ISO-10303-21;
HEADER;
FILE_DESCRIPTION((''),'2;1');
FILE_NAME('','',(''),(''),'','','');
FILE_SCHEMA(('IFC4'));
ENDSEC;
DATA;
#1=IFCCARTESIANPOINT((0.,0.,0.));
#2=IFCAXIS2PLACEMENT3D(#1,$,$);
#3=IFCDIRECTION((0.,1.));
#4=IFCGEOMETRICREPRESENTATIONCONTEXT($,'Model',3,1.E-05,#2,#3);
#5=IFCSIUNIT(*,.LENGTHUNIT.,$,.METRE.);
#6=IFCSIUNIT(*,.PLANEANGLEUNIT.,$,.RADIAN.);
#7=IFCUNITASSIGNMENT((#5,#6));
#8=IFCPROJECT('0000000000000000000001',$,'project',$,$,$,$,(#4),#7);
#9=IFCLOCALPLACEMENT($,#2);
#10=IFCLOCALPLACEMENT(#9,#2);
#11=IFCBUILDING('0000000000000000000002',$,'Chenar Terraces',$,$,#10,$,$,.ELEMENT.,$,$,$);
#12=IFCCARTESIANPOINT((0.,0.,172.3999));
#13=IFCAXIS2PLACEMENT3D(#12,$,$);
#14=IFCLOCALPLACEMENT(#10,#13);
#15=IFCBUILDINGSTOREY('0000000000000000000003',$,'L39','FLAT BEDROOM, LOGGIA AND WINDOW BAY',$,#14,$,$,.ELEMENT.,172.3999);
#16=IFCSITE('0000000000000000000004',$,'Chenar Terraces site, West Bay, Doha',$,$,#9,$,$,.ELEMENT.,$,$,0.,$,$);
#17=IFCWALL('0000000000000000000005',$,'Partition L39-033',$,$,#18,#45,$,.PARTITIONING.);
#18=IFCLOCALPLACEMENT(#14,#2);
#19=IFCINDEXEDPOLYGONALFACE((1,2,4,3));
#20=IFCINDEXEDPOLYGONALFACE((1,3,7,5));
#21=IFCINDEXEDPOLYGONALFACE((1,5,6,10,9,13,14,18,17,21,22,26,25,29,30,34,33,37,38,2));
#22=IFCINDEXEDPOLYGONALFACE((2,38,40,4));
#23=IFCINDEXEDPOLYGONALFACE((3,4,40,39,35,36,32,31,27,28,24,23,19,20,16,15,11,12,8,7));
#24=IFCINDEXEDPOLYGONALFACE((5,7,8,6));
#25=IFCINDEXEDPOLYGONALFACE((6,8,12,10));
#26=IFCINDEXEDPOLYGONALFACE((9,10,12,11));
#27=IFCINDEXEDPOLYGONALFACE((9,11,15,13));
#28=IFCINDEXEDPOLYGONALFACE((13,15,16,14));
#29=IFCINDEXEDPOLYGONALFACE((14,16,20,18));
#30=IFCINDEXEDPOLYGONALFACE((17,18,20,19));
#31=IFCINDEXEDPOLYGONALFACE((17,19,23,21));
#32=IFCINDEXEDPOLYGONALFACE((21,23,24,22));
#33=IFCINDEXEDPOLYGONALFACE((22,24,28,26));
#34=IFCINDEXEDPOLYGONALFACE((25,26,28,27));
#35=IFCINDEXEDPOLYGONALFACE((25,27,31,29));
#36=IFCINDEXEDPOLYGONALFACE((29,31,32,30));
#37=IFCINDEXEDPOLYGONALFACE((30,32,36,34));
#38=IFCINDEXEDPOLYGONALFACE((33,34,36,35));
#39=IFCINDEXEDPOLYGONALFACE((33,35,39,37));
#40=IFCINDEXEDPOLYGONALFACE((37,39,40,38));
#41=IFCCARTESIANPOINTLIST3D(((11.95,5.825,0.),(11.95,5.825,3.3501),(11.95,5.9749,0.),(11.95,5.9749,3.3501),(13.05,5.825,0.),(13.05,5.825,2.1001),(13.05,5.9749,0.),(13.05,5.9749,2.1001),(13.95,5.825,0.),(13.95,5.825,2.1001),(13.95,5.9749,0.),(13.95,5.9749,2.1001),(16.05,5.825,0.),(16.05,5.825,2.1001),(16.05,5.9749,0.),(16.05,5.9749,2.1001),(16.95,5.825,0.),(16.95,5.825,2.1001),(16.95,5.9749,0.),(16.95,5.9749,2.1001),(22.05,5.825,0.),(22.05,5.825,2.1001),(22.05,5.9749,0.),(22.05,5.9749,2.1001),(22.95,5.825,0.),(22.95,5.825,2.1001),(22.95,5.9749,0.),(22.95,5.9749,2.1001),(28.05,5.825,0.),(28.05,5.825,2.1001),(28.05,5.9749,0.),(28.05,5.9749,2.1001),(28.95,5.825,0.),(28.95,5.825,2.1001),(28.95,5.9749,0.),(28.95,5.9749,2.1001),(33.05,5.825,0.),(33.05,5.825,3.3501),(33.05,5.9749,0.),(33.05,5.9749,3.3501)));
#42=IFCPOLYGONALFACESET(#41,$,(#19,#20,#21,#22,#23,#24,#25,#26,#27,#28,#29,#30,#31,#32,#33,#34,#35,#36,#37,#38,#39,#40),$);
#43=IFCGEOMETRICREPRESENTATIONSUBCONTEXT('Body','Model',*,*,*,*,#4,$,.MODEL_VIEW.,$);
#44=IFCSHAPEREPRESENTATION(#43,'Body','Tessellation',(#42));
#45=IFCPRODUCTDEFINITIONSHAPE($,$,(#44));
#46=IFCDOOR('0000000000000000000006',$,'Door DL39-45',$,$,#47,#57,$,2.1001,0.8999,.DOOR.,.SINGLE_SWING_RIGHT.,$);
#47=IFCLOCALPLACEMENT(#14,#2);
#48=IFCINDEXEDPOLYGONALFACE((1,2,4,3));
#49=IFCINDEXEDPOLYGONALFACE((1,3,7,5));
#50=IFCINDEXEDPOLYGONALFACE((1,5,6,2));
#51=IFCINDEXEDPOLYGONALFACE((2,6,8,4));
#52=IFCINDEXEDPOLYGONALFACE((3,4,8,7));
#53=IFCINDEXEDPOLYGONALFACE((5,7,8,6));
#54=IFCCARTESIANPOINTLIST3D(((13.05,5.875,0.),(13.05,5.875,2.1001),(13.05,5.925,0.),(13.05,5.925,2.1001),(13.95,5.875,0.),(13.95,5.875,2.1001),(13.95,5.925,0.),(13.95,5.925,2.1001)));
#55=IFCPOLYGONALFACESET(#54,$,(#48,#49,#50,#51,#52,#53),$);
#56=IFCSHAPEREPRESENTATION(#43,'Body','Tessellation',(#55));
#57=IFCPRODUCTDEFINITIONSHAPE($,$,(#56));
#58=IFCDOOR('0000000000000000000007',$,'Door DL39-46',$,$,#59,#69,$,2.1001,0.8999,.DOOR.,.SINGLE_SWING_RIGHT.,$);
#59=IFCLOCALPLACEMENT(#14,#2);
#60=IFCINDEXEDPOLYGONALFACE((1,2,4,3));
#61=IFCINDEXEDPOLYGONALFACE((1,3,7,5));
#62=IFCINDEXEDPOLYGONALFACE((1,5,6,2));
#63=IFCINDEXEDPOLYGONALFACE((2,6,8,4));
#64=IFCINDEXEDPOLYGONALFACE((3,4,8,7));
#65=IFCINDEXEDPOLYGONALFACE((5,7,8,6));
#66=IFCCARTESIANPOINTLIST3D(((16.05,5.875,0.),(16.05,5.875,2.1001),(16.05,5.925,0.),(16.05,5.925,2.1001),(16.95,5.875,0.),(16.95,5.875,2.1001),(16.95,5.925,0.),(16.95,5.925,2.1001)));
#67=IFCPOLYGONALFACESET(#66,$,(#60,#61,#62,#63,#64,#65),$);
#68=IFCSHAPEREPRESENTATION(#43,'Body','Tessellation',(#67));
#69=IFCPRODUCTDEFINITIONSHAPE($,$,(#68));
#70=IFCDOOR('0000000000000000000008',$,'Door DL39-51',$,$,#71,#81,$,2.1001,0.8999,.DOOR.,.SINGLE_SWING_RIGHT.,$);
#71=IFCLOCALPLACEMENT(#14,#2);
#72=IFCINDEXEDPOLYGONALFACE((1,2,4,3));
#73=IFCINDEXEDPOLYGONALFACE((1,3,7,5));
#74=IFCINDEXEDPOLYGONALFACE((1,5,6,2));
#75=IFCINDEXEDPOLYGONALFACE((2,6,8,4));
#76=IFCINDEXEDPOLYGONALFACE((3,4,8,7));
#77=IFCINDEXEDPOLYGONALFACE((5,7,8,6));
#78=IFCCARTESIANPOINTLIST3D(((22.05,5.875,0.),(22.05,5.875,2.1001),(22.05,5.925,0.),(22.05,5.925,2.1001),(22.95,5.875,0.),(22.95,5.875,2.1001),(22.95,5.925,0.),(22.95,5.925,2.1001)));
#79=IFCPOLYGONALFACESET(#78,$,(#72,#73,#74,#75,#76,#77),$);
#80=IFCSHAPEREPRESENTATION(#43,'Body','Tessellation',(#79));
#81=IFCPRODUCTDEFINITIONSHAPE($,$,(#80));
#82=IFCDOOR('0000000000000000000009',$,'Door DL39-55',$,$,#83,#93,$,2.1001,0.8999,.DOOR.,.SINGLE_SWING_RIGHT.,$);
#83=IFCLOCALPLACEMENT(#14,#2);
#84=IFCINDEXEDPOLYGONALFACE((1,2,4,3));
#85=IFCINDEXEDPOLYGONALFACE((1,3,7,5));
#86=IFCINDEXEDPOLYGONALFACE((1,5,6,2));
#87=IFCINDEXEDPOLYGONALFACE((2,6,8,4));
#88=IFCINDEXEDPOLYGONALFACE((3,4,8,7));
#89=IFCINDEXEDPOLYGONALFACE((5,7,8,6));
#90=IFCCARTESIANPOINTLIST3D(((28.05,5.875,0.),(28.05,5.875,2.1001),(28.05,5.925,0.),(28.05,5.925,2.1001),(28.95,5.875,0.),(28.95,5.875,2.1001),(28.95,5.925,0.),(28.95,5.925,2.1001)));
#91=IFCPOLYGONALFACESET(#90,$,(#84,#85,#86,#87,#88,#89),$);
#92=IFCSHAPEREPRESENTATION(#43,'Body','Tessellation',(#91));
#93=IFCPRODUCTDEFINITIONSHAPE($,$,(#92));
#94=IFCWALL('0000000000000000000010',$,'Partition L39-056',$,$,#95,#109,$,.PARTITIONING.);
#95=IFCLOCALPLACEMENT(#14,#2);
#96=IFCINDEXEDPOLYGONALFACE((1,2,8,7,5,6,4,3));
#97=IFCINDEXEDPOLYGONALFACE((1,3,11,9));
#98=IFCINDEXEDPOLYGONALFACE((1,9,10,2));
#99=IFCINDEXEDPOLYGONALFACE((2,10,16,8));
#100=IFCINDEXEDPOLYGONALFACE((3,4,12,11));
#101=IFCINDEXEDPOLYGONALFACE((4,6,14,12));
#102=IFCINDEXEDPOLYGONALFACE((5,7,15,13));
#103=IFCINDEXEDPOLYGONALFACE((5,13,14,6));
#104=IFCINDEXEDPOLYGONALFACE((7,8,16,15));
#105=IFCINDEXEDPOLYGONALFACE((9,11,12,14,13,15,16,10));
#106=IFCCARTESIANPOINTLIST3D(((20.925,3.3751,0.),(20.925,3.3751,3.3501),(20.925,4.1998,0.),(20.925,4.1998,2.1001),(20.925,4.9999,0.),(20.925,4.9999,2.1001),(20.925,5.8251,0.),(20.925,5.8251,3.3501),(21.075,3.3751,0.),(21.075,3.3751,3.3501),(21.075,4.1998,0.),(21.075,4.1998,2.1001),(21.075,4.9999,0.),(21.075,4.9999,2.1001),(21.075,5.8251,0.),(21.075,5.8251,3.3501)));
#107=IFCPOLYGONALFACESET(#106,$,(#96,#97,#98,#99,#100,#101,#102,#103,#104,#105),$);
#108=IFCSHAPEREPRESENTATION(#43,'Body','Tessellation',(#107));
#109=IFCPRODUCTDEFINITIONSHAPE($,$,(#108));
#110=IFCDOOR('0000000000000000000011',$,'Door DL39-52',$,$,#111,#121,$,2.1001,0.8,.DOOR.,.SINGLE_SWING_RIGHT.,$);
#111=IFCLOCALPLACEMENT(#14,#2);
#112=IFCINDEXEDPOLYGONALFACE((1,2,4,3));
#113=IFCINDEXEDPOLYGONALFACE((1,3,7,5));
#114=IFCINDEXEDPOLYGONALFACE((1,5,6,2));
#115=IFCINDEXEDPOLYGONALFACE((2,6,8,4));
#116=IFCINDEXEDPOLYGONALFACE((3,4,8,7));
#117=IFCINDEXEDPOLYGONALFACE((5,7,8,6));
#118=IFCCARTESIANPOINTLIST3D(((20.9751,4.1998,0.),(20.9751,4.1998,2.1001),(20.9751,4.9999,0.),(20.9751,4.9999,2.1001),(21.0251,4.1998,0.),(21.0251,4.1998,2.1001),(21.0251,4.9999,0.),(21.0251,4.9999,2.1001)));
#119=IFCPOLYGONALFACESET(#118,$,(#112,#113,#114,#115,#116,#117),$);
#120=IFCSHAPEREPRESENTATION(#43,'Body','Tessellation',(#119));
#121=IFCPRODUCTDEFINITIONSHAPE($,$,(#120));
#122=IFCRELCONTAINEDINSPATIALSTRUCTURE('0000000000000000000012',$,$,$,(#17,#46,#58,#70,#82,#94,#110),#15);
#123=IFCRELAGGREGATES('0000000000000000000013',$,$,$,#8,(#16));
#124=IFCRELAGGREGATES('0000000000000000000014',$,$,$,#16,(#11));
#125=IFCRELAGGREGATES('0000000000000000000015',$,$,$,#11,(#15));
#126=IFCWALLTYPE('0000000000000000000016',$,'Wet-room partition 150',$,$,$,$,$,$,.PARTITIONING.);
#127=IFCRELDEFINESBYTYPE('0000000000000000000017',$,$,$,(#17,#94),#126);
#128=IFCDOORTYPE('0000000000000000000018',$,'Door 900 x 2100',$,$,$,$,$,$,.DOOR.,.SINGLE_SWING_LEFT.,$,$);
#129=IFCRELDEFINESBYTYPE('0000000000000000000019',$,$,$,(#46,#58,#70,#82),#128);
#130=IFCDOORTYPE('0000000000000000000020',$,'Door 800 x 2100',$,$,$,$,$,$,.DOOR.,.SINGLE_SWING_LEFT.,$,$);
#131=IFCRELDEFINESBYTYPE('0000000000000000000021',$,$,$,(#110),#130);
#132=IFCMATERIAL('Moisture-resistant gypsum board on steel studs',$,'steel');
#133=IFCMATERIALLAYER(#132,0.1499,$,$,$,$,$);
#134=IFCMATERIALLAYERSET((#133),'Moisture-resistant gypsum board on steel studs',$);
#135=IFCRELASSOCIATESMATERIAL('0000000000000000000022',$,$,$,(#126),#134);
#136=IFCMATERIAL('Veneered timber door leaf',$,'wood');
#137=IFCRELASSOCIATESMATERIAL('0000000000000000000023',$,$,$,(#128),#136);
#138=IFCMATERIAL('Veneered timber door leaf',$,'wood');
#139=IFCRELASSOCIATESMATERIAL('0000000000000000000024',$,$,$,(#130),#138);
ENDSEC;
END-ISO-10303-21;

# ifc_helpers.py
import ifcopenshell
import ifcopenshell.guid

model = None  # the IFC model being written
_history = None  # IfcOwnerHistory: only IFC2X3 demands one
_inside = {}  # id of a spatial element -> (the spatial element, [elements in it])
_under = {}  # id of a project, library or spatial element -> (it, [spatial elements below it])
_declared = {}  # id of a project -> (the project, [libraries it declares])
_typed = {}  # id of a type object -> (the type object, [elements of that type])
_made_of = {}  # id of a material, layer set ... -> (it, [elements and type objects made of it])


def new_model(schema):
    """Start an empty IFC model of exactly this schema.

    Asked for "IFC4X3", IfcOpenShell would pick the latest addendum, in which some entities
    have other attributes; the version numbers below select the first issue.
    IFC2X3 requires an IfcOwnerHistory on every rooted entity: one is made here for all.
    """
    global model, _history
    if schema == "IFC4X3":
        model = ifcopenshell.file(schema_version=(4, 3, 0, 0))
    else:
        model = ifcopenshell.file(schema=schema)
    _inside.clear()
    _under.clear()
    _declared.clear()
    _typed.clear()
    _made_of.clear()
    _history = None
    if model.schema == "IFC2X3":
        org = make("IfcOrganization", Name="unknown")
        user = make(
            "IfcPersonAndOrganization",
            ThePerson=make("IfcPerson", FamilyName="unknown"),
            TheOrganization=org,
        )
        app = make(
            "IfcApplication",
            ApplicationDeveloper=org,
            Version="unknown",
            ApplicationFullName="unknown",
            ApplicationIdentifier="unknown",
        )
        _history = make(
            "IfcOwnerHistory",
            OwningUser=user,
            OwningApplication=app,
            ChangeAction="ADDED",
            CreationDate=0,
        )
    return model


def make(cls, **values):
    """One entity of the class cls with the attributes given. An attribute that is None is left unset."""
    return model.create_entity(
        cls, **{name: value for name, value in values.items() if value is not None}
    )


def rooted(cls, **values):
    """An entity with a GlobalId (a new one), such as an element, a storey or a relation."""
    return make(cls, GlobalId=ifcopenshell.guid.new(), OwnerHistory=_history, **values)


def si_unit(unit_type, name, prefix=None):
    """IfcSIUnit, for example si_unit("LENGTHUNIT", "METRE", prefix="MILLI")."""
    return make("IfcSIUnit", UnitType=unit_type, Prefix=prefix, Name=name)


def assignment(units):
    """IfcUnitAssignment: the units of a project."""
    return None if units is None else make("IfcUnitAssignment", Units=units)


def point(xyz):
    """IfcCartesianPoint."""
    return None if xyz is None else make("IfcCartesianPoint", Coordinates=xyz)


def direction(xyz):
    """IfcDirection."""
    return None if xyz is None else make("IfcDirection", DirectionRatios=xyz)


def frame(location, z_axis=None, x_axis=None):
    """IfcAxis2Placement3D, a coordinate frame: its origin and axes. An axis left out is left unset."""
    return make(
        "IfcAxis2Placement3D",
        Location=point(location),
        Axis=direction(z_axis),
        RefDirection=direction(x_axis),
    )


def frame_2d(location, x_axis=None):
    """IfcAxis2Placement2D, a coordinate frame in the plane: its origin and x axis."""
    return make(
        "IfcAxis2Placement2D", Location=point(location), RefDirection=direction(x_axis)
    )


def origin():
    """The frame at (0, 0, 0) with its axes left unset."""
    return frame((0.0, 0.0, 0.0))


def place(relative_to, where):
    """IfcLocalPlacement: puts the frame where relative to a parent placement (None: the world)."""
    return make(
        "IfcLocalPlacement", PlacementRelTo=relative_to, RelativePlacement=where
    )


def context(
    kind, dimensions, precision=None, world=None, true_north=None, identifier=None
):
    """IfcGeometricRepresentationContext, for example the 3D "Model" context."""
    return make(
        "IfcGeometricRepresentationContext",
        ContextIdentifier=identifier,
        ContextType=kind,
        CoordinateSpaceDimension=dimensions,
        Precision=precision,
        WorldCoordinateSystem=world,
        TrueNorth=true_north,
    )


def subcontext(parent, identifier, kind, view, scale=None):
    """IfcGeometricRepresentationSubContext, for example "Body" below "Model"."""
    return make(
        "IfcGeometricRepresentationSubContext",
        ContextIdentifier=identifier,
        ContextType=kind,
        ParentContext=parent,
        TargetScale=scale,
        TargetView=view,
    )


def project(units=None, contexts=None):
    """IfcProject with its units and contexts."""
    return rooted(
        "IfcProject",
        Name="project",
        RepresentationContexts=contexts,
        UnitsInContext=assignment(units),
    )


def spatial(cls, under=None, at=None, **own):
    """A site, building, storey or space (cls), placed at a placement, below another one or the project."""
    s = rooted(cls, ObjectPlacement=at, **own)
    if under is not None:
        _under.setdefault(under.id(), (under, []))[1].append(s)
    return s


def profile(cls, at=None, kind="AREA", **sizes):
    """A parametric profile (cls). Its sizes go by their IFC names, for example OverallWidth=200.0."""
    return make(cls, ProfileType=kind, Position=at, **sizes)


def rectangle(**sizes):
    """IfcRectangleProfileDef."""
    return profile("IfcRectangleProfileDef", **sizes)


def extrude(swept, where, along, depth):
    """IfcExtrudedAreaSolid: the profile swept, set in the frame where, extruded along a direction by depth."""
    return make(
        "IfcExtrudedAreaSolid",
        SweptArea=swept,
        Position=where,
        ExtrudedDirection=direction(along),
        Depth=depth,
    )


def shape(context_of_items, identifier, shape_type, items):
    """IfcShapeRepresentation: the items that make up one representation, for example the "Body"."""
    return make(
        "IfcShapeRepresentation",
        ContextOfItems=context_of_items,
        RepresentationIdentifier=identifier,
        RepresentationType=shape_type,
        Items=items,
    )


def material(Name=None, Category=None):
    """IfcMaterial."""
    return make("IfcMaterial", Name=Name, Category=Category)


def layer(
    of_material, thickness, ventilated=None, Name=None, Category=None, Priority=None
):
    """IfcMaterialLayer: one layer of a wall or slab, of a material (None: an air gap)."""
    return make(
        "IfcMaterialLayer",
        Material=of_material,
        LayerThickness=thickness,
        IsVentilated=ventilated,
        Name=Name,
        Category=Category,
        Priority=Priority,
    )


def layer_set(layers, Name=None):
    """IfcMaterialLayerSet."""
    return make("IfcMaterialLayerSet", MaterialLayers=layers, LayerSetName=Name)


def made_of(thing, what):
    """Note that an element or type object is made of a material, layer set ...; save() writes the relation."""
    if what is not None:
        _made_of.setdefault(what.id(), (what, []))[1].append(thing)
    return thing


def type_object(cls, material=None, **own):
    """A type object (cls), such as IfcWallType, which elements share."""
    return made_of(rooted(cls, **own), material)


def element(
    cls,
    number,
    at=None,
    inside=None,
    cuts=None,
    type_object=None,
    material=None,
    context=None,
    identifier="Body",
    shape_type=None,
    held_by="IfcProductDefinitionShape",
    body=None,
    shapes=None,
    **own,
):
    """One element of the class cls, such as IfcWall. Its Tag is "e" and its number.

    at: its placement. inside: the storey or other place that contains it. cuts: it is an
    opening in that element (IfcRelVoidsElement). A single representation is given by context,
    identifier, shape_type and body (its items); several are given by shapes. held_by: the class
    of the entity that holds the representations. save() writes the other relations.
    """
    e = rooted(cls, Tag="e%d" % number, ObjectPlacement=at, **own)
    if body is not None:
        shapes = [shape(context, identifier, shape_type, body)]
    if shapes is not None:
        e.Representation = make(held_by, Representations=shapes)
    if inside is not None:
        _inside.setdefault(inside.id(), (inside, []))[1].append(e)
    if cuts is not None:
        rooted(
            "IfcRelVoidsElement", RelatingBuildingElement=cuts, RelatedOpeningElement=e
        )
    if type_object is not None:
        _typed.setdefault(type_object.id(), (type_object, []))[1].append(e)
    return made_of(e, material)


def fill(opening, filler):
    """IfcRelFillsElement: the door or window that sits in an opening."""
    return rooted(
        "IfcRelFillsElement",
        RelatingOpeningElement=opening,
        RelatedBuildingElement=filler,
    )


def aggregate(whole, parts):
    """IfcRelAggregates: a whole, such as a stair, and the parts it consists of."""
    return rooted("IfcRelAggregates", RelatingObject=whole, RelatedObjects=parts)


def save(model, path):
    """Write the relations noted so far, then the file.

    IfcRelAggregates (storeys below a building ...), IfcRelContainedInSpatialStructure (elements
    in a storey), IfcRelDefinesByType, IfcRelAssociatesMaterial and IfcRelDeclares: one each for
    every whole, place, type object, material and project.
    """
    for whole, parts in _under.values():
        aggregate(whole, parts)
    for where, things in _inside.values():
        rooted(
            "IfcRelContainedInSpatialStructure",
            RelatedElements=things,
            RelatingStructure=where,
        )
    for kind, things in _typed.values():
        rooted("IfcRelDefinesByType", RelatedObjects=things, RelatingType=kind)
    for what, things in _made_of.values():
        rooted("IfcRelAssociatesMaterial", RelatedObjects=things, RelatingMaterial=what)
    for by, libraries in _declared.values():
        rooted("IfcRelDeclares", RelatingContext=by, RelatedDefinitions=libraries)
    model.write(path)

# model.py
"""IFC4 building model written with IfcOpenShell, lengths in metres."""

from ifc_helpers import new_model, si_unit, direction, frame, frame_2d, origin, place, context, subcontext, project, spatial, rectangle, extrude, material, layer, layer_set, type_object, element, fill, save


model = new_model("IFC4")

# Units and contexts
model_context = context("Model", 3, precision=1e-05, world=origin(), true_north=direction((0.0, 1.0)))
body_context = subcontext(model_context, "Body", "Model", "MODEL_VIEW")
ifc_project = project(units=[si_unit("LENGTHUNIT", "METRE"), si_unit("PLANEANGLEUNIT", "RADIAN")], contexts=[model_context])

# Site, building, storey
site_placement = place(None, origin())
site = spatial("IfcSite", under=ifc_project, at=site_placement, Name="Chenar Terraces site, West Bay, Doha", CompositionType="ELEMENT", RefElevation=0.0)
building_placement = place(site_placement, origin())
building = spatial("IfcBuilding", under=site, at=building_placement, Name="Chenar Terraces", CompositionType="ELEMENT")
storey_placement = place(building_placement, frame((0.0, 0.0, 172.3999)))
storey = spatial("IfcBuildingStorey", under=building, at=storey_placement, Name="L39", Description="FLAT BEDROOM, LOGGIA AND WINDOW BAY", CompositionType="ELEMENT", Elevation=172.3999)

# Wall, openings, doors
ifc_material_1 = material(Name="Moisture-resistant gypsum board on steel studs", Category="steel")
ifc_layer_1 = layer(ifc_material_1, 0.1499)
ifc_layer_set_1 = layer_set([ifc_layer_1], Name="Moisture-resistant gypsum board on steel studs")
wall_type_1 = type_object("IfcWallType", Name="Wet-room partition 150", PredefinedType="PARTITIONING", material=ifc_layer_set_1)
wall_1_placement = place(storey_placement, frame((11.95, 5.8999, 0.0), z_axis=(0.0, 0.0, 1.0), x_axis=(1.0, 0.0, 0.0)))
wall_1 = element("IfcWall", 1, at=wall_1_placement, inside=storey, type_object=wall_type_1, Name="Partition L39-033", PredefinedType="PARTITIONING", context=body_context, shape_type="SweptSolid", body=[
    extrude(rectangle(XDim=21.1001, YDim=0.1499, at=frame_2d((10.55, 0.0))), origin(), (0.0, 0.0, 1.0), 3.3501),
])
opening_1_placement = place(wall_1_placement, frame((1.1001, 0.0, 0.0)))
opening_1 = element("IfcOpeningElement", 2, at=opening_1_placement, cuts=wall_1, PredefinedType="OPENING", context=body_context, shape_type="SweptSolid", body=[
    extrude(rectangle(XDim=0.8999, YDim=2.1001, at=frame_2d((0.45, 1.05))), frame((0.0, 0.085, 0.0), z_axis=(0.0, -1.0, 0.0), x_axis=(1.0, 0.0, 0.0)), (0.0, 0.0, 1.0), 0.1699),
])
opening_2_placement = place(wall_1_placement, frame((4.1001, 0.0, 0.0)))
opening_2 = element("IfcOpeningElement", 3, at=opening_2_placement, cuts=wall_1, PredefinedType="OPENING", context=body_context, shape_type="SweptSolid", body=[
    extrude(rectangle(XDim=0.8999, YDim=2.1001, at=frame_2d((0.45, 1.05))), frame((0.0, 0.085, 0.0), z_axis=(0.0, -1.0, 0.0), x_axis=(1.0, 0.0, 0.0)), (0.0, 0.0, 1.0), 0.1699),
])
opening_3_placement = place(wall_1_placement, frame((10.1001, 0.0, 0.0)))
opening_3 = element("IfcOpeningElement", 4, at=opening_3_placement, cuts=wall_1, PredefinedType="OPENING", context=body_context, shape_type="SweptSolid", body=[
    extrude(rectangle(XDim=0.8999, YDim=2.1001, at=frame_2d((0.45, 1.05))), frame((0.0, 0.085, 0.0), z_axis=(0.0, -1.0, 0.0), x_axis=(1.0, 0.0, 0.0)), (0.0, 0.0, 1.0), 0.1699),
])
opening_4_placement = place(wall_1_placement, frame((16.1001, 0.0, 0.0)))
opening_4 = element("IfcOpeningElement", 5, at=opening_4_placement, cuts=wall_1, PredefinedType="OPENING", context=body_context, shape_type="SweptSolid", body=[
    extrude(rectangle(XDim=0.8999, YDim=2.1001, at=frame_2d((0.45, 1.05))), frame((0.0, 0.085, 0.0), z_axis=(0.0, -1.0, 0.0), x_axis=(1.0, 0.0, 0.0)), (0.0, 0.0, 1.0), 0.1699),
])
ifc_material_2 = material(Name="Veneered timber door leaf", Category="wood")
door_type_1 = type_object("IfcDoorType", Name="Door 900 x 2100", OperationType="SINGLE_SWING_LEFT", PredefinedType="DOOR", material=ifc_material_2)
door_1_placement = place(opening_1_placement, frame((0.8999, 0.0, 0.0), z_axis=(0.0, 0.0, 1.0), x_axis=(-1.0, 0.0, 0.0)))
door_1 = element("IfcDoor", 6, at=door_1_placement, inside=storey, type_object=door_type_1, Name="Door DL39-45", OperationType="SINGLE_SWING_RIGHT", OverallHeight=2.1001, OverallWidth=0.8999, PredefinedType="DOOR", context=body_context, shape_type="SweptSolid", body=[
    extrude(rectangle(XDim=0.8999, YDim=2.1001, at=frame_2d((0.45, 1.05))), frame((0.0, 0.0249, 0.0), z_axis=(0.0, -1.0, 0.0), x_axis=(1.0, 0.0, 0.0)), (0.0, 0.0, 1.0), 0.05),
])
fill(opening_1, door_1)
door_2_placement = place(opening_2_placement, frame((0.8999, 0.0, 0.0), z_axis=(0.0, 0.0, 1.0), x_axis=(-1.0, 0.0, 0.0)))
door_2 = element("IfcDoor", 7, at=door_2_placement, inside=storey, type_object=door_type_1, Name="Door DL39-46", OperationType="SINGLE_SWING_RIGHT", OverallHeight=2.1001, OverallWidth=0.8999, PredefinedType="DOOR", context=body_context, shape_type="SweptSolid", body=[
    extrude(rectangle(XDim=0.8999, YDim=2.1001, at=frame_2d((0.45, 1.05))), frame((0.0, 0.0249, 0.0), z_axis=(0.0, -1.0, 0.0), x_axis=(1.0, 0.0, 0.0)), (0.0, 0.0, 1.0), 0.05),
])
fill(opening_2, door_2)
door_3_placement = place(opening_3_placement, frame((0.8999, 0.0, 0.0), z_axis=(0.0, 0.0, 1.0), x_axis=(-1.0, 0.0, 0.0)))
door_3 = element("IfcDoor", 8, at=door_3_placement, inside=storey, type_object=door_type_1, Name="Door DL39-51", OperationType="SINGLE_SWING_RIGHT", OverallHeight=2.1001, OverallWidth=0.8999, PredefinedType="DOOR", context=body_context, shape_type="SweptSolid", body=[
    extrude(rectangle(XDim=0.8999, YDim=2.1001, at=frame_2d((0.45, 1.05))), frame((0.0, 0.0249, 0.0), z_axis=(0.0, -1.0, 0.0), x_axis=(1.0, 0.0, 0.0)), (0.0, 0.0, 1.0), 0.05),
])
fill(opening_3, door_3)
door_4_placement = place(opening_4_placement, frame((0.8999, 0.0, 0.0), z_axis=(0.0, 0.0, 1.0), x_axis=(-1.0, 0.0, 0.0)))
door_4 = element("IfcDoor", 9, at=door_4_placement, inside=storey, type_object=door_type_1, Name="Door DL39-55", OperationType="SINGLE_SWING_RIGHT", OverallHeight=2.1001, OverallWidth=0.8999, PredefinedType="DOOR", context=body_context, shape_type="SweptSolid", body=[
    extrude(rectangle(XDim=0.8999, YDim=2.1001, at=frame_2d((0.45, 1.05))), frame((0.0, 0.0249, 0.0), z_axis=(0.0, -1.0, 0.0), x_axis=(1.0, 0.0, 0.0)), (0.0, 0.0, 1.0), 0.05),
])
fill(opening_4, door_4)

# Wall, opening, door
wall_2_placement = place(storey_placement, frame((21.0, 3.375, 0.0), z_axis=(0.0, 0.0, 1.0), x_axis=(0.0, 1.0, 0.0)))
wall_2 = element("IfcWall", 10, at=wall_2_placement, inside=storey, type_object=wall_type_1, Name="Partition L39-056", PredefinedType="PARTITIONING", context=body_context, shape_type="SweptSolid", body=[
    extrude(rectangle(XDim=2.45, YDim=0.1499, at=frame_2d((1.2251, 0.0))), origin(), (0.0, 0.0, 1.0), 3.3501),
])
opening_5_placement = place(wall_2_placement, frame((0.825, 0.0, 0.0)))
opening_5 = element("IfcOpeningElement", 11, at=opening_5_placement, cuts=wall_2, PredefinedType="OPENING", context=body_context, shape_type="SweptSolid", body=[
    extrude(rectangle(XDim=0.8, YDim=2.1001, at=frame_2d((0.3999, 1.05))), frame((0.0, 0.085, 0.0), z_axis=(0.0, -1.0, 0.0), x_axis=(1.0, 0.0, 0.0)), (0.0, 0.0, 1.0), 0.1699),
])
ifc_material_3 = material(Name="Veneered timber door leaf", Category="wood")
door_type_2 = type_object("IfcDoorType", Name="Door 800 x 2100", OperationType="SINGLE_SWING_LEFT", PredefinedType="DOOR", material=ifc_material_3)
door_5_placement = place(opening_5_placement, origin())
door_5 = element("IfcDoor", 12, at=door_5_placement, inside=storey, type_object=door_type_2, Name="Door DL39-52", OperationType="SINGLE_SWING_RIGHT", OverallHeight=2.1001, OverallWidth=0.8, PredefinedType="DOOR", context=body_context, shape_type="SweptSolid", body=[
    extrude(rectangle(XDim=0.8, YDim=2.1001, at=frame_2d((0.3999, 1.05))), frame((0.0, 0.0249, 0.0), z_axis=(0.0, -1.0, 0.0), x_axis=(1.0, 0.0, 0.0)), (0.0, 0.0, 1.0), 0.05),
])
fill(opening_5, door_5)

save(model, "model.ifc")
